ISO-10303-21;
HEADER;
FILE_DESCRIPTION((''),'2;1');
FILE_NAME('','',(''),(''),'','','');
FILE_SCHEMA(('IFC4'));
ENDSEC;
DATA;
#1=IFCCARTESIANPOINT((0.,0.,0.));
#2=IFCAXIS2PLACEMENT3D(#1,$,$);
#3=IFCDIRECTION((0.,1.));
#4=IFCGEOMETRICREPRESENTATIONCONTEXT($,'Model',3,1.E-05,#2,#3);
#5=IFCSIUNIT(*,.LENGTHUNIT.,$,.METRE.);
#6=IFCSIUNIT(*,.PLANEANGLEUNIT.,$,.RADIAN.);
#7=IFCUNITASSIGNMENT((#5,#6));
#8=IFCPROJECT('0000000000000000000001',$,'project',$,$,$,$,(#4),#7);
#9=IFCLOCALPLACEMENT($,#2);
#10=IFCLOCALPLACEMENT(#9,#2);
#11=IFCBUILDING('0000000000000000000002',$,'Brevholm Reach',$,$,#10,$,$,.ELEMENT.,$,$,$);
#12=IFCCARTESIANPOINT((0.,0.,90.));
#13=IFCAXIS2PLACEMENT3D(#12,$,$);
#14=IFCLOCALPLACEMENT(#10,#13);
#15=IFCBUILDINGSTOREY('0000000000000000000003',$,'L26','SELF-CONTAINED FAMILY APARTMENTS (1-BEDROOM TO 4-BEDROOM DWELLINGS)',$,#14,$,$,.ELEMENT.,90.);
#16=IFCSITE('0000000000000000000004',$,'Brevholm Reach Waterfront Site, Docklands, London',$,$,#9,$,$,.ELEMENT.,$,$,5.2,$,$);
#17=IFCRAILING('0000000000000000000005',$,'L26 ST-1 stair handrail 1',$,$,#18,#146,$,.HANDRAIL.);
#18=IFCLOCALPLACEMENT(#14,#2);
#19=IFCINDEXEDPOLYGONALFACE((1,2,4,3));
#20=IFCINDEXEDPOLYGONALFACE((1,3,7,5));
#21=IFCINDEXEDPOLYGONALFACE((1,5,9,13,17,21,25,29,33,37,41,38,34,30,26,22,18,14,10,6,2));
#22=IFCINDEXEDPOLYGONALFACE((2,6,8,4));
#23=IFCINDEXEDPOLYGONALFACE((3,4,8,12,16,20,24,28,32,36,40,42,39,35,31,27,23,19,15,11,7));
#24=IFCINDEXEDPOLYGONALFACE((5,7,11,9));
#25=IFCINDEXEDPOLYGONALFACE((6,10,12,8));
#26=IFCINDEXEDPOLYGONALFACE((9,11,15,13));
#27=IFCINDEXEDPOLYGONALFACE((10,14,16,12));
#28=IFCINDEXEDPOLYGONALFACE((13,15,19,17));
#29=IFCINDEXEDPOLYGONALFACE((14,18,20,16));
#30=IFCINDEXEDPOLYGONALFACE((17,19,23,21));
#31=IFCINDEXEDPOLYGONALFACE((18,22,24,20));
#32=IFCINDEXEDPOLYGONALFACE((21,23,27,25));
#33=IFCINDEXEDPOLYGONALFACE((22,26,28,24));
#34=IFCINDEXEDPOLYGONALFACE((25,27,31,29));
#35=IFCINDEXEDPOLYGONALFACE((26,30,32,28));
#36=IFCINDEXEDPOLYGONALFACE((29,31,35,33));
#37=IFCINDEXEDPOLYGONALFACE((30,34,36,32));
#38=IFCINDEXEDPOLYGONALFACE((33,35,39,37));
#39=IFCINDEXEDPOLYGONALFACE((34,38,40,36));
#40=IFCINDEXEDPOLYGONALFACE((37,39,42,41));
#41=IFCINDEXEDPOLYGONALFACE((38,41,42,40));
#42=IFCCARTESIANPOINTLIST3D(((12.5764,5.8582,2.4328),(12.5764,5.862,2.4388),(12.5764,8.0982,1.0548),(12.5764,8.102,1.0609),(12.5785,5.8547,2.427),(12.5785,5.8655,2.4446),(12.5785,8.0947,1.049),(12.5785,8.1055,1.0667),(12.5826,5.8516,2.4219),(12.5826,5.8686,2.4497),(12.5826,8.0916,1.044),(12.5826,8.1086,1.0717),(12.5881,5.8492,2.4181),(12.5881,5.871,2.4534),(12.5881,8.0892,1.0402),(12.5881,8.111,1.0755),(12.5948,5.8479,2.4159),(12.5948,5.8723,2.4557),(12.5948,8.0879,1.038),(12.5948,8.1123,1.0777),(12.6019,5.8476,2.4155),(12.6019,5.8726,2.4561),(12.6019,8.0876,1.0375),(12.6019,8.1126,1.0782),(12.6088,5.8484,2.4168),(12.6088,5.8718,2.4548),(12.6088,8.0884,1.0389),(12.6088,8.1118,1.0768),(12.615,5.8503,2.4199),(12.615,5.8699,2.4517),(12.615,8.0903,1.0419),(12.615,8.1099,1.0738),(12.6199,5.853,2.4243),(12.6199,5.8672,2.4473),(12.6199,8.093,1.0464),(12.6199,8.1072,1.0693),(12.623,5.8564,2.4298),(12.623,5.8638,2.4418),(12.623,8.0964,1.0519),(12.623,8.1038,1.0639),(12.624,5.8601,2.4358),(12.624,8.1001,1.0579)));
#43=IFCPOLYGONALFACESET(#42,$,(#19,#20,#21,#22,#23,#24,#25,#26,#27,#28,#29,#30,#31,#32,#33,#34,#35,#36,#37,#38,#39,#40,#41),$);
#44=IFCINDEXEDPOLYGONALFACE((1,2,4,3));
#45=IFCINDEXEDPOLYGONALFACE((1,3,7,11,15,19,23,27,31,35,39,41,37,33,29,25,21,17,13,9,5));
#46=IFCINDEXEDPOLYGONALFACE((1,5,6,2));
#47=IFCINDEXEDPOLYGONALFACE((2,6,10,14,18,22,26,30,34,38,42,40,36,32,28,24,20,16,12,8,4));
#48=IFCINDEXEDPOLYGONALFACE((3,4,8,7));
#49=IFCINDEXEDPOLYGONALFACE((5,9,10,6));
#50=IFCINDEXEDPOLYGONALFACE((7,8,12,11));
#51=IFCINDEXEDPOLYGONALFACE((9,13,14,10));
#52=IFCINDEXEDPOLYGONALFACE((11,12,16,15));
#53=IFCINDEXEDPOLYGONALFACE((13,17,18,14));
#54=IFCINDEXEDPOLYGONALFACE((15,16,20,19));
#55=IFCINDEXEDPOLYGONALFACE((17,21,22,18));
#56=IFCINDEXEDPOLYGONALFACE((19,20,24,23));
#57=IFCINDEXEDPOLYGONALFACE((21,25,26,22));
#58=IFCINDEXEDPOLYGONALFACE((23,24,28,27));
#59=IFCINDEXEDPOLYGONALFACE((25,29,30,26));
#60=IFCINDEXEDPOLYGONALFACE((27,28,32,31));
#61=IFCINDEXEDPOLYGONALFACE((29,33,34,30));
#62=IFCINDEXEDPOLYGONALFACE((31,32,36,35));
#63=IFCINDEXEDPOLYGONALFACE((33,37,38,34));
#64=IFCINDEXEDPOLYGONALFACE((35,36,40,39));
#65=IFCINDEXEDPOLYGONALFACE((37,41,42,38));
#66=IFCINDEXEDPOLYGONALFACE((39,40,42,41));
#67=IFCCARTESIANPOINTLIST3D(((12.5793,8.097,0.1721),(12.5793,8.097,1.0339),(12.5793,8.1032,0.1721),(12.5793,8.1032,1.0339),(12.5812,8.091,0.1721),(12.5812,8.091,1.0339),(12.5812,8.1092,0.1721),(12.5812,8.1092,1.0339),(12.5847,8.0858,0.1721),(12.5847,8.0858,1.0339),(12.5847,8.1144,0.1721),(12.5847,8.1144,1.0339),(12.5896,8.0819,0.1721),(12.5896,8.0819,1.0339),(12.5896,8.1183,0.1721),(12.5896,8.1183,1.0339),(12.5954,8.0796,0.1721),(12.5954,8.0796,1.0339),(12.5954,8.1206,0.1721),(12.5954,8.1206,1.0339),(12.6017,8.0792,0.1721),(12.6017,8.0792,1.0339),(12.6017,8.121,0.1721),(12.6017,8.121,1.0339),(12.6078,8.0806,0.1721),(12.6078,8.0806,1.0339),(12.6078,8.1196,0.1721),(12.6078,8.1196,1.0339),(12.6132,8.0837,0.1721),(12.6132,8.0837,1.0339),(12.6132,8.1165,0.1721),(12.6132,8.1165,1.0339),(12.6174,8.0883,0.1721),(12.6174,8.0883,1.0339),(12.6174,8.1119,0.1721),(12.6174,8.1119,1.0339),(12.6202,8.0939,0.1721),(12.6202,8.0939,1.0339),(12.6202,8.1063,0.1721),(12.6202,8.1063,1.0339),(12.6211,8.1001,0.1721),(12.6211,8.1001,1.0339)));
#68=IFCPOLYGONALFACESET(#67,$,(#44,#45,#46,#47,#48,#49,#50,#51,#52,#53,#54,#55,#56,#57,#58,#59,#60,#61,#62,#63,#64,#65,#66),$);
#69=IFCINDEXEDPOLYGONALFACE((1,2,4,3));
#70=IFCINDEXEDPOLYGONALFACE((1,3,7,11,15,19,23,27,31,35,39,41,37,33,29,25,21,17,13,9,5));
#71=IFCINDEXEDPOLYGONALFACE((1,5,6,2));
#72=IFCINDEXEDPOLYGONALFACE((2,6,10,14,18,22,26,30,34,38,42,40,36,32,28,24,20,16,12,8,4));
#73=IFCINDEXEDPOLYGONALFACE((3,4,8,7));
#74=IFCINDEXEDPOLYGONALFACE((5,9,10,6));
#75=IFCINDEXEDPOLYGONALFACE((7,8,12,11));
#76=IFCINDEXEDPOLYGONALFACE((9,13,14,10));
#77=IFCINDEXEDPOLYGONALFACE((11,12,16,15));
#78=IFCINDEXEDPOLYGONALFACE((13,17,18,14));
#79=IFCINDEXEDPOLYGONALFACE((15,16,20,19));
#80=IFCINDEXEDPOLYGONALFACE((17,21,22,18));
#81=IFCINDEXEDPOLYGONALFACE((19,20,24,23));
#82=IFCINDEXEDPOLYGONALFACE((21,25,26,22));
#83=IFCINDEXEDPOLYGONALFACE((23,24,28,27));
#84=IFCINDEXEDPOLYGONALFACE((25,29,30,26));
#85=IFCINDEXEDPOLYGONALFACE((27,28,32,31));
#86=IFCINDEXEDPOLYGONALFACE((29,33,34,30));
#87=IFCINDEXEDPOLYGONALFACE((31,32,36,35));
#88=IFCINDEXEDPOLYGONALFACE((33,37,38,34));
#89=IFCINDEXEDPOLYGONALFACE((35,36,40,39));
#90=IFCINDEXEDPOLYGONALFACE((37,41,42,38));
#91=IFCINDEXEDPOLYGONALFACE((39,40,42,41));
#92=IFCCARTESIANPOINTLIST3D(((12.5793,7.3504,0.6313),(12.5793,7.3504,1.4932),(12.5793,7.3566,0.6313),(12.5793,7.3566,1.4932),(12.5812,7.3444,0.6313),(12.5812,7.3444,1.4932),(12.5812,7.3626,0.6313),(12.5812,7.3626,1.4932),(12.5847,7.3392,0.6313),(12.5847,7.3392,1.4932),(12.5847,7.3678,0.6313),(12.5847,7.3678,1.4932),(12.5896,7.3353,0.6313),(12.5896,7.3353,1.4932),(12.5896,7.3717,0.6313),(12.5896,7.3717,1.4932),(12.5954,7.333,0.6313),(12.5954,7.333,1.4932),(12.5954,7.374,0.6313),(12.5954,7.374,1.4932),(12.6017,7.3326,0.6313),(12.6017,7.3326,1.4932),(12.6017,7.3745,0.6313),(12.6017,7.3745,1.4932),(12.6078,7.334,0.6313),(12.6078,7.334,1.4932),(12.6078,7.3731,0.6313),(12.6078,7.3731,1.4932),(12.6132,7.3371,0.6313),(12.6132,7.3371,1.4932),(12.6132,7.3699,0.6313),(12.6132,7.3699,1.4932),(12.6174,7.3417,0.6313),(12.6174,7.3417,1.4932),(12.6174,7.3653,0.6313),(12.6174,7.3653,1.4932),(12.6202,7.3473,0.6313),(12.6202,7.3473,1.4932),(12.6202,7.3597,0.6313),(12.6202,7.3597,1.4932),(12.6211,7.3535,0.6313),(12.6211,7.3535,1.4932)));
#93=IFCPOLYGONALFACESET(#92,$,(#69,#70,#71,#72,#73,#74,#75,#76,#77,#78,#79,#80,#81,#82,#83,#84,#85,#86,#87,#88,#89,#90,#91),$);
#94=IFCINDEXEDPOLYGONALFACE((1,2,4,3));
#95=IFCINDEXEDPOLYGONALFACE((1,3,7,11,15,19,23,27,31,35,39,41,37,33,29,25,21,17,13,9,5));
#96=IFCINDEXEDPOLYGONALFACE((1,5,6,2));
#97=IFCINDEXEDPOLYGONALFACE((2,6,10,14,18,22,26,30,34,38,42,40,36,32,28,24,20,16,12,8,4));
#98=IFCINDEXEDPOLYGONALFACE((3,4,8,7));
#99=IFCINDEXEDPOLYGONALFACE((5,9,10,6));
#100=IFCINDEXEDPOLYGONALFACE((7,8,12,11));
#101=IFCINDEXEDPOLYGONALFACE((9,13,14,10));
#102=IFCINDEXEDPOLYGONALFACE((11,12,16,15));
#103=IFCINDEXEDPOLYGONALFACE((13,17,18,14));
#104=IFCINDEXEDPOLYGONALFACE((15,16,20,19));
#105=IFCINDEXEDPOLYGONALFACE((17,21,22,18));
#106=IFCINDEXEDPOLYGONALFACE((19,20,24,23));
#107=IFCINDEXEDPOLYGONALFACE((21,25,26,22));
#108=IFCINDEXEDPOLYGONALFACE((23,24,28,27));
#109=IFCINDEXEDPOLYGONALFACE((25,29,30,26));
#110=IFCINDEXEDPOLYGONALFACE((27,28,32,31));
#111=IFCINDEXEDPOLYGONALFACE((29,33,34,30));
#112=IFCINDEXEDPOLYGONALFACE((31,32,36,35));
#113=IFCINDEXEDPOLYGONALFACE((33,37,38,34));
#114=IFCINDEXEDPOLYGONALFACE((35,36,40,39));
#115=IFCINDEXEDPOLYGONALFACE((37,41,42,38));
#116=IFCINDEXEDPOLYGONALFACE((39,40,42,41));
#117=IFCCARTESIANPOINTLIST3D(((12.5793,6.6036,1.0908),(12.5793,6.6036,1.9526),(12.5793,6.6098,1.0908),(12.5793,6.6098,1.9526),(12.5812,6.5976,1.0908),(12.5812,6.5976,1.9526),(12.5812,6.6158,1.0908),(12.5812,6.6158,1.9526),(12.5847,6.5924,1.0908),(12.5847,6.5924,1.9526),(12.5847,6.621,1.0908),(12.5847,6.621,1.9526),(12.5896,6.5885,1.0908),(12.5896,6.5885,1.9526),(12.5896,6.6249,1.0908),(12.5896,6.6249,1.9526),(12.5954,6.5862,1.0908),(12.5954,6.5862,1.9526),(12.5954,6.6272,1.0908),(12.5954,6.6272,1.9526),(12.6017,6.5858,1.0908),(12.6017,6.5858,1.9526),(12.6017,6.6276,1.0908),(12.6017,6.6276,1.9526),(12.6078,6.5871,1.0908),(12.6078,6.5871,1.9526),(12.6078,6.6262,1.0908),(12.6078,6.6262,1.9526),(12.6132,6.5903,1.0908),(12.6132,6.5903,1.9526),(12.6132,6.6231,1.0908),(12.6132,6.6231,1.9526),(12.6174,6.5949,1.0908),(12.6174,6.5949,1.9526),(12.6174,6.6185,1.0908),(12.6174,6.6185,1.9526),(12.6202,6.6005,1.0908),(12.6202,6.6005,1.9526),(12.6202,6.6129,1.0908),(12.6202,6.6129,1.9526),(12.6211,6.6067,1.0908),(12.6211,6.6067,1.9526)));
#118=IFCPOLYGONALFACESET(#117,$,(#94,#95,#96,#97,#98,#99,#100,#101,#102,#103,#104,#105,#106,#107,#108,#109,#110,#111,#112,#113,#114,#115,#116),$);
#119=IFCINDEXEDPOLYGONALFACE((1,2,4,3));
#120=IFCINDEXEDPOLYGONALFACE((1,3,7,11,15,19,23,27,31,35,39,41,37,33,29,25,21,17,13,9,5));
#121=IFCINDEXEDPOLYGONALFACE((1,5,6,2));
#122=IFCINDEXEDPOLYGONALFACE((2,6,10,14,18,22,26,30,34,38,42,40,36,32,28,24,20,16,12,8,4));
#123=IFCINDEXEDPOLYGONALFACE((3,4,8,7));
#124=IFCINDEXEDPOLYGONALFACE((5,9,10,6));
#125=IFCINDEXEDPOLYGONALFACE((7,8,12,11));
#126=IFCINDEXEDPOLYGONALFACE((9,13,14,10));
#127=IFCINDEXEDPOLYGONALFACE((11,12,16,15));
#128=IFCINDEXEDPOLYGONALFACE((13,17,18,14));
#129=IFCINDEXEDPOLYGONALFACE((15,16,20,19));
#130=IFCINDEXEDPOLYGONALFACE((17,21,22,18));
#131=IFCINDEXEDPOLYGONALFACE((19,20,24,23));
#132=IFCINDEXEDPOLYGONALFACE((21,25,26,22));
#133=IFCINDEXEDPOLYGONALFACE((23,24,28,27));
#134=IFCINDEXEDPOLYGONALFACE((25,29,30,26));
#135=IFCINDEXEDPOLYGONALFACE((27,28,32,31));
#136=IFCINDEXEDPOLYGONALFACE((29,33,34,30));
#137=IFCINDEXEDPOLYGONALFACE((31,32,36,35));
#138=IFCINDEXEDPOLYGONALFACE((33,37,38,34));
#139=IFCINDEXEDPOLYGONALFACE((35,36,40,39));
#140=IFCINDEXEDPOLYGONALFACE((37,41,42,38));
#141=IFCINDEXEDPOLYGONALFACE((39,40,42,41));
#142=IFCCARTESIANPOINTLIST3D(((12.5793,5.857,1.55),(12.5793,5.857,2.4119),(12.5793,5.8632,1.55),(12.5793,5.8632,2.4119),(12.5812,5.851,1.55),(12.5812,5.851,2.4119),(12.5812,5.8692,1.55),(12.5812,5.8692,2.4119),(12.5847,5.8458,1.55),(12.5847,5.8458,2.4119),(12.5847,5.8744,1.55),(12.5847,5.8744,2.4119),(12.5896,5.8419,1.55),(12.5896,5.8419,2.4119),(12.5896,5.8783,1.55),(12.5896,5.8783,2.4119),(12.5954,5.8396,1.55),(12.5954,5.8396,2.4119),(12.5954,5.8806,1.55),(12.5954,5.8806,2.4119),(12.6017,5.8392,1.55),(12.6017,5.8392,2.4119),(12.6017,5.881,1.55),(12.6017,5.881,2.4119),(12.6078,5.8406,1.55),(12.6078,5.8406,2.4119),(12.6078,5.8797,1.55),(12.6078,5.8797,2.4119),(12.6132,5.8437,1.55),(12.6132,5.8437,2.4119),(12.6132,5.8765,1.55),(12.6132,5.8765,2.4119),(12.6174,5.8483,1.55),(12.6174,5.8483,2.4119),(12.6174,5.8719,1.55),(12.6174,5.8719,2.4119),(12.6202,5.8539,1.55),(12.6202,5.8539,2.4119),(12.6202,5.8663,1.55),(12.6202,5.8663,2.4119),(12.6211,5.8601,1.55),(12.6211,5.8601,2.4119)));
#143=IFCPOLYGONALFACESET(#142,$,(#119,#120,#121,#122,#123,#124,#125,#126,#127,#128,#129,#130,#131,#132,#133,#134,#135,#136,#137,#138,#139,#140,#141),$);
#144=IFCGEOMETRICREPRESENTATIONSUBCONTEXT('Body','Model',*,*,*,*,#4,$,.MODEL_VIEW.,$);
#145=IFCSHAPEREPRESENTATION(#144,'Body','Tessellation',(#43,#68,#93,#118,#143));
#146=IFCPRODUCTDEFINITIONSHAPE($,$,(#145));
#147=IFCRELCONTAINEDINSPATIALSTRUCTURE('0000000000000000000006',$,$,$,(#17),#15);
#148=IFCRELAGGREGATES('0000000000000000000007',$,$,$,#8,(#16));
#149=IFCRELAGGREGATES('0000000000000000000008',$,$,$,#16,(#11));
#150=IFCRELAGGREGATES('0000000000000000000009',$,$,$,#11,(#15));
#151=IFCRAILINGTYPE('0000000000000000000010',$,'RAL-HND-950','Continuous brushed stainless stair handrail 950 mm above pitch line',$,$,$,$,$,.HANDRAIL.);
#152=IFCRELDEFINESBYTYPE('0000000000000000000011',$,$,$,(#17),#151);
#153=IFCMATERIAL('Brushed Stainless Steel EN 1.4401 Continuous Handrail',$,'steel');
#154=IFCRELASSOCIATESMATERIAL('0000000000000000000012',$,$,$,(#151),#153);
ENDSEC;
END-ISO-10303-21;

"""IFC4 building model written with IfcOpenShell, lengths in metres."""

from ifc_helpers import new_model, si_unit, direction, frame, origin, origin_2d, place, context, subcontext, project, spatial, circle, extrude, material, type_object, element, save


model = new_model("IFC4")

# Units and contexts
model_context = context("Model", 3, precision=1e-05, world=origin(), true_north=direction((0.0, 1.0)))
body_context = subcontext(model_context, "Body", "Model", "MODEL_VIEW")
ifc_project = project(units=[si_unit("LENGTHUNIT", "METRE"), si_unit("PLANEANGLEUNIT", "RADIAN")], contexts=[model_context])

# Site, building, storey
site_placement = place(None, origin())
site = spatial("IfcSite", under=ifc_project, at=site_placement, Name="Brevholm Reach Waterfront Site, Docklands, London", CompositionType="ELEMENT", RefElevation=5.2)
building_placement = place(site_placement, origin())
building = spatial("IfcBuilding", under=site, at=building_placement, Name="Brevholm Reach", CompositionType="ELEMENT")
storey_placement = place(building_placement, frame((0.0, 0.0, 90.0)))
storey = spatial("IfcBuildingStorey", under=building, at=storey_placement, Name="L26", Description="SELF-CONTAINED FAMILY APARTMENTS (1-BEDROOM TO 4-BEDROOM DWELLINGS)", CompositionType="ELEMENT", Elevation=90.0)

# Railing
ifc_material_1 = material(Name="Brushed Stainless Steel EN 1.4401 Continuous Handrail", Category="steel")
railing_type_1 = type_object("IfcRailingType", Name="RAL-HND-950", Description="Continuous brushed stainless stair handrail 950 mm above pitch line", PredefinedType="HANDRAIL", material=ifc_material_1)
railing_1_placement = place(storey_placement, frame((12.6001, 8.1001, 0.1721)))
element("IfcRailing", 1, at=railing_1_placement, inside=storey, type_object=railing_type_1, Name="L26 ST-1 stair handrail 1", PredefinedType="HANDRAIL", context=body_context, shape_type="SweptSolid", body=[
    extrude(circle(Radius=0.0239, at=origin_2d()), frame((0.0, 0.0, 0.8857), z_axis=(0.0, -0.851748, 0.523952), x_axis=(1.0, 0.0, 0.0)), (0.0, 0.0, 1.0), 2.6299),
    extrude(circle(Radius=0.021, at=origin_2d()), origin(), (0.0, 0.0, 1.0), 0.8618),
    extrude(circle(Radius=0.021, at=origin_2d()), frame((0.0, -0.7466, 0.4592)), (0.0, 0.0, 1.0), 0.8618),
    extrude(circle(Radius=0.021, at=origin_2d()), frame((0.0, -1.4934, 0.9187)), (0.0, 0.0, 1.0), 0.8618),
    extrude(circle(Radius=0.021, at=origin_2d()), frame((0.0, -2.24, 1.3779)), (0.0, 0.0, 1.0), 0.8618),
])

save(model, "model.ifc")
